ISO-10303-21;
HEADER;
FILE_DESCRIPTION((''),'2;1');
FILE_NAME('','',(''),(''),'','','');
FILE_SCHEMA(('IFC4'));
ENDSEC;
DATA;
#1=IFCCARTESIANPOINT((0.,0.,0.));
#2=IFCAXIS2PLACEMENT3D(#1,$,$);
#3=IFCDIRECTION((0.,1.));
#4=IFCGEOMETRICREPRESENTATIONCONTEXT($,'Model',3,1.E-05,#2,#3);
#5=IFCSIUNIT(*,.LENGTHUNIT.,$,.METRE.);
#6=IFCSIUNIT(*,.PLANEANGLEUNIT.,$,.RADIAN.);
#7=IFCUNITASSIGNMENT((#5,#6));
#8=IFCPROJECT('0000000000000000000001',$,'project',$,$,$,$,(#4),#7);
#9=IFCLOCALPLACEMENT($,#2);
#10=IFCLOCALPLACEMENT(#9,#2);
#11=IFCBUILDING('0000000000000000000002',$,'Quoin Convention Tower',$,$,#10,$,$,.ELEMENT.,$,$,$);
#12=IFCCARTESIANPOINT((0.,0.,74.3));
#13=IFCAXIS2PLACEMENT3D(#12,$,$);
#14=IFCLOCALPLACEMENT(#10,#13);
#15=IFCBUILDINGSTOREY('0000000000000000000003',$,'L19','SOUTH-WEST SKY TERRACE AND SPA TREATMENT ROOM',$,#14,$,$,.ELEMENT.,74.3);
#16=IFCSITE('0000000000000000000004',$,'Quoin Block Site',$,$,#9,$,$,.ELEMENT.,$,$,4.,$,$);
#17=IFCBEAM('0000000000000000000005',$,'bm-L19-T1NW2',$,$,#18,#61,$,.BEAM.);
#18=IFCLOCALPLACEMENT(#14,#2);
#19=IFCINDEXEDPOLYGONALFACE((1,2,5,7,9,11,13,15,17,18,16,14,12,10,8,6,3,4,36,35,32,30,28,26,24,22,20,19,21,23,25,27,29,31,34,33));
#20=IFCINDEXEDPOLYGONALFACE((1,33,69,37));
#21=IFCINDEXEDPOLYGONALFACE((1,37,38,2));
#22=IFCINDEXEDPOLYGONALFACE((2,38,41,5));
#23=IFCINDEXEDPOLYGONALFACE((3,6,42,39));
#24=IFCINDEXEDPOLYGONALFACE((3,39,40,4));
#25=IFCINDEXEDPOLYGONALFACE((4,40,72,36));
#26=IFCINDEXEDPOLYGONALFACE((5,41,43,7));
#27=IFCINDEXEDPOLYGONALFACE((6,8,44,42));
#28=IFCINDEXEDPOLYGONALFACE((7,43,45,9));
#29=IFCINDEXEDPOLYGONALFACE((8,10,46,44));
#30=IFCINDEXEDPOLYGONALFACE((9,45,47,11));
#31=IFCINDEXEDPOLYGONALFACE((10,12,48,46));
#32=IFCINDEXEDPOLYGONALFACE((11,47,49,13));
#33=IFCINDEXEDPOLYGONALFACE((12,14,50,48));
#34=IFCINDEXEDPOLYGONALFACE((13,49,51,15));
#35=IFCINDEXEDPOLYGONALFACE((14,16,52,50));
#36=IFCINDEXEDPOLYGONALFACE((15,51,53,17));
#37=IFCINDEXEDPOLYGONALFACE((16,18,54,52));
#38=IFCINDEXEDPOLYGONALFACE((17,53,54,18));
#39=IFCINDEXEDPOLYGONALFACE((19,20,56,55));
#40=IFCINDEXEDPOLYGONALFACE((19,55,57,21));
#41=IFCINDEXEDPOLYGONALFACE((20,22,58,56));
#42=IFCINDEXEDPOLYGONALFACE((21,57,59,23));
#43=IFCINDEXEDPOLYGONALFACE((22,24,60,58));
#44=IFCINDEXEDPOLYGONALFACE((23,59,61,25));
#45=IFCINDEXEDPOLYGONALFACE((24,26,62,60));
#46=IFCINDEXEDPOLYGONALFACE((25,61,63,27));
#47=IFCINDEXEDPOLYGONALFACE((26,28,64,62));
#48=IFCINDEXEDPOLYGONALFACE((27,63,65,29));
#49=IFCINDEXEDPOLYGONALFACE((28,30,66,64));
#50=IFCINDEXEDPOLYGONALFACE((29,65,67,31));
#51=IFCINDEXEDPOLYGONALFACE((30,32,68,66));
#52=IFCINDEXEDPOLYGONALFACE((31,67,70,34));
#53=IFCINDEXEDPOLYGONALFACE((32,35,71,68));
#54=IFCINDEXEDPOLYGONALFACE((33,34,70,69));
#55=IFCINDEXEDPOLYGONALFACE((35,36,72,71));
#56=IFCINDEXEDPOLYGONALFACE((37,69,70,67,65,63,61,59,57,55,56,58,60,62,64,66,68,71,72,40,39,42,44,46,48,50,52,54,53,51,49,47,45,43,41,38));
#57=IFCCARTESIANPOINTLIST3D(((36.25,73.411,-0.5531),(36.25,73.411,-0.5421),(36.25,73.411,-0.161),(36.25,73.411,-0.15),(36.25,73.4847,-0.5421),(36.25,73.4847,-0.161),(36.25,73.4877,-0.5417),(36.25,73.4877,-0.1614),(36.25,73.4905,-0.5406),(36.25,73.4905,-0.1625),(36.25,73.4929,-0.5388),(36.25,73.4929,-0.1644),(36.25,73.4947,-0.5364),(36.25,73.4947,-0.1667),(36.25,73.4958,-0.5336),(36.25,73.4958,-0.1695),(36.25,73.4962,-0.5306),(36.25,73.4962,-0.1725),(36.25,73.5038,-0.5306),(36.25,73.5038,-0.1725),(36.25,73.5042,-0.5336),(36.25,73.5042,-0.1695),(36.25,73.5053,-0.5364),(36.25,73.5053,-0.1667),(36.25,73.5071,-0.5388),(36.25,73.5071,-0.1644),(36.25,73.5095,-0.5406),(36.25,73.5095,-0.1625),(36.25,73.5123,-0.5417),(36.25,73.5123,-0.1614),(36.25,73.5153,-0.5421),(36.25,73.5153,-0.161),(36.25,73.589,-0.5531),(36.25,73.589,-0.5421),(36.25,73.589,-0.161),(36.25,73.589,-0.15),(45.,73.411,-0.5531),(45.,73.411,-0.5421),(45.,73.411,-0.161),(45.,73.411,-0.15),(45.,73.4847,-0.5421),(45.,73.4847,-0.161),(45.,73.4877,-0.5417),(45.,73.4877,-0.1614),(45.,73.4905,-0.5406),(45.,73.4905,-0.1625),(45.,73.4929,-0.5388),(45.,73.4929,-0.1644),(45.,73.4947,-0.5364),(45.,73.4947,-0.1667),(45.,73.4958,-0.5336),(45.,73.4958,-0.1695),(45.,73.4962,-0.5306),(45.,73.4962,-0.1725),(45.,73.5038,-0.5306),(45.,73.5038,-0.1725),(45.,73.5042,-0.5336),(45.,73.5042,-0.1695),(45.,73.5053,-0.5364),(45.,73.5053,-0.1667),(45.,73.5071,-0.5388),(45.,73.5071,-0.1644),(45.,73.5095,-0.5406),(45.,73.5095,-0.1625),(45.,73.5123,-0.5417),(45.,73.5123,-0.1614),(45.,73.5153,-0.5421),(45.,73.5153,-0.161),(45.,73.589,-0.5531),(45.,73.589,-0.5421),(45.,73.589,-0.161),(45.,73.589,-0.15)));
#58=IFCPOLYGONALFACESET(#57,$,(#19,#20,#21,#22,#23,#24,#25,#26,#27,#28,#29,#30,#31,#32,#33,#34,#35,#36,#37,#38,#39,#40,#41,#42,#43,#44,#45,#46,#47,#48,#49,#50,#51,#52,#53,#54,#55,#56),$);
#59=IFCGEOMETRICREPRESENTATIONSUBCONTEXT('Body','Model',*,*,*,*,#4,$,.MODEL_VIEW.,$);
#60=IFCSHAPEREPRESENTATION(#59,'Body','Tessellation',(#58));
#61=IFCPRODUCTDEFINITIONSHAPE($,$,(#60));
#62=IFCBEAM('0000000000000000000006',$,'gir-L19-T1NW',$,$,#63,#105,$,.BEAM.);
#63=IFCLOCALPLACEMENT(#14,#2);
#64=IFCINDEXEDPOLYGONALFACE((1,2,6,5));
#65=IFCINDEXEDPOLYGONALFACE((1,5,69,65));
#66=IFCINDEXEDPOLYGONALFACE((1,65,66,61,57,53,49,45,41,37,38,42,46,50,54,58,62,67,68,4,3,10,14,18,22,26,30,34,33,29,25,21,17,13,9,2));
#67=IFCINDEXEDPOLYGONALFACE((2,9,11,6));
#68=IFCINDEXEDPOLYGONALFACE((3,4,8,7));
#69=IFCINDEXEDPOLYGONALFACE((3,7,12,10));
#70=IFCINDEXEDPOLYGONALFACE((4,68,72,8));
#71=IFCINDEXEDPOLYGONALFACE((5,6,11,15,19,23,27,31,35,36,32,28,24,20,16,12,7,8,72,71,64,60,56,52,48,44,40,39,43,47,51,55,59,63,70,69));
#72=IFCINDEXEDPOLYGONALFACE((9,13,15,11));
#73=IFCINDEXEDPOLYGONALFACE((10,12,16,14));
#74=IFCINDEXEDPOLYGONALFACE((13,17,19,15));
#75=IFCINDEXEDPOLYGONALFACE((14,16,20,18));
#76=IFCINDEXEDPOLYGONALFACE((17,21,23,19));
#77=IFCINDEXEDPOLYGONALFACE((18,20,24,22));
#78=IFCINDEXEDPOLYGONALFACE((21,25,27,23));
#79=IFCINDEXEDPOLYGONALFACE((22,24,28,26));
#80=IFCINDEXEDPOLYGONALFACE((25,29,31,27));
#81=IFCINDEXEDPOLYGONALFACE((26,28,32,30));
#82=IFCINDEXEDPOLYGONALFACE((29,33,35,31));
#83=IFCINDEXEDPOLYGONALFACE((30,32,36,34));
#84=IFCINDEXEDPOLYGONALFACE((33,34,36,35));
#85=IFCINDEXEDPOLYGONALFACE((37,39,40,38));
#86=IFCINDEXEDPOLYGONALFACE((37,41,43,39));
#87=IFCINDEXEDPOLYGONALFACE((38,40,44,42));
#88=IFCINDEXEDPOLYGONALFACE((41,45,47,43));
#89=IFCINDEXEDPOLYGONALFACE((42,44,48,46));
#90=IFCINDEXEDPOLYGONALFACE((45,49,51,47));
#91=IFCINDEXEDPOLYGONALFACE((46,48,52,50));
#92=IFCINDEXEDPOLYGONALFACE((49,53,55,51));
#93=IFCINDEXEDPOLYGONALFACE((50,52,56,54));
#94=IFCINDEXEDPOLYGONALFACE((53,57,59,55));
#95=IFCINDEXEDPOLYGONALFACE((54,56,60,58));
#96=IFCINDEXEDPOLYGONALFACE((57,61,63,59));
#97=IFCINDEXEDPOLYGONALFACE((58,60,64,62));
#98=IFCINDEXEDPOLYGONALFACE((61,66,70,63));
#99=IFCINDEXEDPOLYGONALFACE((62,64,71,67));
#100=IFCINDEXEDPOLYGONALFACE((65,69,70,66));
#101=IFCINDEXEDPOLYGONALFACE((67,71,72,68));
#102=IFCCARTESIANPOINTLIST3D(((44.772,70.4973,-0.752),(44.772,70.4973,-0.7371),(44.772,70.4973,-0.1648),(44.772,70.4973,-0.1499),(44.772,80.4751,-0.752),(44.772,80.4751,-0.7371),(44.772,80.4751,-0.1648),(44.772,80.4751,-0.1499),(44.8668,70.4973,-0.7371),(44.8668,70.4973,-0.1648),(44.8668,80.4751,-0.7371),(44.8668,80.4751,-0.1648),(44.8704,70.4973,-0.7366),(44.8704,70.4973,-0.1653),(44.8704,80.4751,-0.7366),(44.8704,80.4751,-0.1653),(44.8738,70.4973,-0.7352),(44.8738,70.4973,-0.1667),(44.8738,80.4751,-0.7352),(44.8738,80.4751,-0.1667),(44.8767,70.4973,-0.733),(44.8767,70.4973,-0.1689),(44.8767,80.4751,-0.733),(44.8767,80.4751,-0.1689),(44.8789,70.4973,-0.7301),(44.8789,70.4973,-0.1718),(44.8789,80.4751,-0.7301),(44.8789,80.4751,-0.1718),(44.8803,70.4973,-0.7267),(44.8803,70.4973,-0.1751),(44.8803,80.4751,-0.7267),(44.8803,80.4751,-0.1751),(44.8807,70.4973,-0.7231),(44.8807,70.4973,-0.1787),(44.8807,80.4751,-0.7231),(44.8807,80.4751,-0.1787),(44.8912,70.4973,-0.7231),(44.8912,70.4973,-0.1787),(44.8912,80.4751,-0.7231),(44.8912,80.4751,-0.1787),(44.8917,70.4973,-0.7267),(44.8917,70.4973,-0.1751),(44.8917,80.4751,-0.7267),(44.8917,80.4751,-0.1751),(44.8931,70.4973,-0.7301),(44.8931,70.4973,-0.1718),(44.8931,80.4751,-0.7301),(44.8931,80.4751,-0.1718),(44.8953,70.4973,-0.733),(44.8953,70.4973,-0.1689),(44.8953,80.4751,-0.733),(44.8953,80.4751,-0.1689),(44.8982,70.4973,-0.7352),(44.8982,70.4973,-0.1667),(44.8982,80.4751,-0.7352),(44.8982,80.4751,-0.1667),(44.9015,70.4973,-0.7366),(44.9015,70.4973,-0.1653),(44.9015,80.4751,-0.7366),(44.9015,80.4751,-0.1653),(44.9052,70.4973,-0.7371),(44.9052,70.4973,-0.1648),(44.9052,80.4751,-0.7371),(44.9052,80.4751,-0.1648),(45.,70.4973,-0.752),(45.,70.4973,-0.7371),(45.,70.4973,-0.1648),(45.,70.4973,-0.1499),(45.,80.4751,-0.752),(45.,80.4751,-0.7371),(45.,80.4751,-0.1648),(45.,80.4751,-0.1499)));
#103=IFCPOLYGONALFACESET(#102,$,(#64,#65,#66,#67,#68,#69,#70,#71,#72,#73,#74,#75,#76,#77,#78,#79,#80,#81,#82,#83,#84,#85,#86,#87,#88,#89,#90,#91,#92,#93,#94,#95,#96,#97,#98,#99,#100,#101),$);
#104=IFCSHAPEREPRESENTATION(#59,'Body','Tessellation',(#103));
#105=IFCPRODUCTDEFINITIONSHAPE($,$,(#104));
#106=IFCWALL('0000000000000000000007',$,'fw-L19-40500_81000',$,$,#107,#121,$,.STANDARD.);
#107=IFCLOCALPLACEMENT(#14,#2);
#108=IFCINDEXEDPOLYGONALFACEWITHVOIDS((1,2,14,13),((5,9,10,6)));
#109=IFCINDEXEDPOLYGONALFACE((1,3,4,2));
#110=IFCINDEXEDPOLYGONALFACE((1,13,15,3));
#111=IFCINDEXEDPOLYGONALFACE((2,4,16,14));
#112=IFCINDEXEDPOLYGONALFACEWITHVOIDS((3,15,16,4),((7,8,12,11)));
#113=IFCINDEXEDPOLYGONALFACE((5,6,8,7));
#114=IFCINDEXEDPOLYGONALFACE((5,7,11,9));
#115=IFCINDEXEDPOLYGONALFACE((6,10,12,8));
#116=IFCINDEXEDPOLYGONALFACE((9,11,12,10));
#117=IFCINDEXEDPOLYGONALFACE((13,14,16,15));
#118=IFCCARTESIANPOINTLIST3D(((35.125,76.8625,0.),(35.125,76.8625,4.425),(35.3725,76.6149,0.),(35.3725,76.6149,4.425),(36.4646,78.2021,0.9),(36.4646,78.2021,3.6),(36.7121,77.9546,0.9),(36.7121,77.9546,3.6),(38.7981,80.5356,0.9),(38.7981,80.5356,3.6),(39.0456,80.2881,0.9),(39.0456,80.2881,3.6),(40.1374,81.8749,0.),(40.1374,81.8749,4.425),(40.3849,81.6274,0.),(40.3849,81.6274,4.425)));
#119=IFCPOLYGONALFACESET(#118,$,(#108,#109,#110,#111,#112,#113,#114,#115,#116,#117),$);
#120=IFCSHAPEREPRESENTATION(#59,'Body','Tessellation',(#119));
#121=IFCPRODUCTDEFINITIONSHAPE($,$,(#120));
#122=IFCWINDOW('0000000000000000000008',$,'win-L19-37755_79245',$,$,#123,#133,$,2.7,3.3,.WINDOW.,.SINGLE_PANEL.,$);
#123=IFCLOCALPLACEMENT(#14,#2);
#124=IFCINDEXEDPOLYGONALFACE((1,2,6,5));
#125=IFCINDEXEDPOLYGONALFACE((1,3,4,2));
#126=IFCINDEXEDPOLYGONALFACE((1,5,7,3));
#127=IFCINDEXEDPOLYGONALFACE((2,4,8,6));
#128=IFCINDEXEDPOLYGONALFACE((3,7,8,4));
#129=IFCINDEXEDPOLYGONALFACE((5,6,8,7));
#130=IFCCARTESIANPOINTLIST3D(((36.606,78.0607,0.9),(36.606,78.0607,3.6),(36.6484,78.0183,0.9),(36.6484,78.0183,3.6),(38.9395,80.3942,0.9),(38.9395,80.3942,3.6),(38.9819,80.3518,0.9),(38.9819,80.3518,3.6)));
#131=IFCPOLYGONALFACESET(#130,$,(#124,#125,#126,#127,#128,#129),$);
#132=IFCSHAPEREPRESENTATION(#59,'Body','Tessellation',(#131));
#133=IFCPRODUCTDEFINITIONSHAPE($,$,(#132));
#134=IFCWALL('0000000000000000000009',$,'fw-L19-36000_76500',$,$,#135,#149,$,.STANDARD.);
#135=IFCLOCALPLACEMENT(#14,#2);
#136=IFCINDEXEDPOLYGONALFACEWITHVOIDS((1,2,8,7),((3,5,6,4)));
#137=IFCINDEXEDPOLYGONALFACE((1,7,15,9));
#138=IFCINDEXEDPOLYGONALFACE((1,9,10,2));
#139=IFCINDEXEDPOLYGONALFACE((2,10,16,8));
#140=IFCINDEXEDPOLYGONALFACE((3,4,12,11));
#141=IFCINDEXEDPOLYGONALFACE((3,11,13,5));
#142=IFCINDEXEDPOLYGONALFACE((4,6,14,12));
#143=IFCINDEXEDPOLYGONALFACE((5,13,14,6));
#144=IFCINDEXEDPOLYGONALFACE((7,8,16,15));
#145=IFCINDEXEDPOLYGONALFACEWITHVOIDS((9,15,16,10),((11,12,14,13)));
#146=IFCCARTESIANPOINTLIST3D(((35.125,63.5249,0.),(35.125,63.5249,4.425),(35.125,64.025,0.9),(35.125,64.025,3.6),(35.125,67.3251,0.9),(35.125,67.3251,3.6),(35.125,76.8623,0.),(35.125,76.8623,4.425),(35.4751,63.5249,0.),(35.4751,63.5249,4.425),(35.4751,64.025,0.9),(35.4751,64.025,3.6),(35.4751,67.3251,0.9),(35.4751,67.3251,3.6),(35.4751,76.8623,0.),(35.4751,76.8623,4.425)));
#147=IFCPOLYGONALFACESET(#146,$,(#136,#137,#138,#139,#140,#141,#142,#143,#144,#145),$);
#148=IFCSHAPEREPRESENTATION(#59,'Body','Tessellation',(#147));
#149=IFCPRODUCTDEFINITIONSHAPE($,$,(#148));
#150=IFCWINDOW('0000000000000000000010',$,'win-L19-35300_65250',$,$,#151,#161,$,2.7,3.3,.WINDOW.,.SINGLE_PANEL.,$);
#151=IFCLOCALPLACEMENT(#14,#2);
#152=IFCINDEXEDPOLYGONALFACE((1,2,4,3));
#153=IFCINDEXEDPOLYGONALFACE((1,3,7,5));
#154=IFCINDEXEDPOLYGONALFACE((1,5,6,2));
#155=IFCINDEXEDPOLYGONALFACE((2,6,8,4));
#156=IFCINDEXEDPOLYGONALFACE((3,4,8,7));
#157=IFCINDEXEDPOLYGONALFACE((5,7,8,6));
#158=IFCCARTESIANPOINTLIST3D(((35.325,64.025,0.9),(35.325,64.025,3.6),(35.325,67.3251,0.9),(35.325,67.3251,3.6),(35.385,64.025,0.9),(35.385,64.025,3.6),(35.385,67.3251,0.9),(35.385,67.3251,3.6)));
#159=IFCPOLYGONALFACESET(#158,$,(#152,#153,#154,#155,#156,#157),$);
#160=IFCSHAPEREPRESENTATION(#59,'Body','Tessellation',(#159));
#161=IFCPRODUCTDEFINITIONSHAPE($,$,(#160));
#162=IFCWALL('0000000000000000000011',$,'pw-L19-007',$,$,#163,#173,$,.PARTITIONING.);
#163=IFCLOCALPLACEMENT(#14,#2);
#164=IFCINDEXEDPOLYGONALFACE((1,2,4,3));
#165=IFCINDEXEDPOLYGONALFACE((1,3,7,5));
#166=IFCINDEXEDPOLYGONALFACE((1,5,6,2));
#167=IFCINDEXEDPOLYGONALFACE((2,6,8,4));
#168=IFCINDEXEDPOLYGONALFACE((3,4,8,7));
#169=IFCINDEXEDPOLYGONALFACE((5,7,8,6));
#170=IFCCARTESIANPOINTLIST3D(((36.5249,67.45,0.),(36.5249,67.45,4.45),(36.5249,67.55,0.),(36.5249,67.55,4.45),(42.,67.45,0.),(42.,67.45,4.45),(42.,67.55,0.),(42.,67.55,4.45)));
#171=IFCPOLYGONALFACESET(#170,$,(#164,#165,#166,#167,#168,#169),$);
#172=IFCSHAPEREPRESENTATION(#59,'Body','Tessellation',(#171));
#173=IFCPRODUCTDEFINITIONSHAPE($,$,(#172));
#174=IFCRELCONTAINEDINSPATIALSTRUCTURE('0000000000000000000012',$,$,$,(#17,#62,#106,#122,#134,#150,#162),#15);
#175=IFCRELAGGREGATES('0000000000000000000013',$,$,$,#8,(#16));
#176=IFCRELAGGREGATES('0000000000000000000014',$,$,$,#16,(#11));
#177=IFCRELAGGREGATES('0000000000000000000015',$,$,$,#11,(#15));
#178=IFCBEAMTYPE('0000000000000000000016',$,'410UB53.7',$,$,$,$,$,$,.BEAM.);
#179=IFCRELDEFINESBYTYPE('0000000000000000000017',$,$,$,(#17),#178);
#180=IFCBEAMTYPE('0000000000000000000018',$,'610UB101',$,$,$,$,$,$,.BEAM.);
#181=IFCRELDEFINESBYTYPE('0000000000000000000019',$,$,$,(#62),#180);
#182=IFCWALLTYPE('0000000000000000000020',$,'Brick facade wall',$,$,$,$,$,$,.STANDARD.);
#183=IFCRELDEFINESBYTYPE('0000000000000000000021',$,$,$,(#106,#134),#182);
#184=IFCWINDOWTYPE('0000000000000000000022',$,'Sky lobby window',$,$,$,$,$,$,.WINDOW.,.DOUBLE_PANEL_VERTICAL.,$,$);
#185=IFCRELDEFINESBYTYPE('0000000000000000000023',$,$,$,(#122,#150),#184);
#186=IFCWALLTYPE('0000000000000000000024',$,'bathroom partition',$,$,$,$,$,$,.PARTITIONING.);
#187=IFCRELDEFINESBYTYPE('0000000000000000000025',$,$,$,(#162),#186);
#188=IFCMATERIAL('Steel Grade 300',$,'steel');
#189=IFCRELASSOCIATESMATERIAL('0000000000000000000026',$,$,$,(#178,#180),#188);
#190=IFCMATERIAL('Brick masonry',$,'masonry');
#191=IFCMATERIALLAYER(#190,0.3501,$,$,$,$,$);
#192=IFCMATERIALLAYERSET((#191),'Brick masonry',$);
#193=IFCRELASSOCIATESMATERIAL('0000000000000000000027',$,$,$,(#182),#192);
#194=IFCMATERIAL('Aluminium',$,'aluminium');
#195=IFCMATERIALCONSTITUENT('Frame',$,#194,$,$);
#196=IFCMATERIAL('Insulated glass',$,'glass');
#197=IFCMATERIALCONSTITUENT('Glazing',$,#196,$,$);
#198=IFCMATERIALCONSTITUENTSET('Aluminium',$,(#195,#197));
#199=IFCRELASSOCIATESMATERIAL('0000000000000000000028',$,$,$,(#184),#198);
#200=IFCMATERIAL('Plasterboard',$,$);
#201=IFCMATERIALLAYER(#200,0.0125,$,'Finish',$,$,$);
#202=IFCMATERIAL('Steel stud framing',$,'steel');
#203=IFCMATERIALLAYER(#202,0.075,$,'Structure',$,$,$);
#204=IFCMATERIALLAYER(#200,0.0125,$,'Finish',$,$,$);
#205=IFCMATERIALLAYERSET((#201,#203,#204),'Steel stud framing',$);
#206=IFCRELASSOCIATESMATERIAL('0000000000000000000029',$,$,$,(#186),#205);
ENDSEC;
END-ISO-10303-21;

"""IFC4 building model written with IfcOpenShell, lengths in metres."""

from ifc_helpers import new_model, si_unit, direction, frame, frame_2d, origin, origin_2d, place, context, subcontext, project, spatial, rectangle, i_section, extrude, material, layer, layer_set, constituent, constituent_set, material_profile, profile_set, type_object, element, fill, save


model = new_model("IFC4")

# Units and contexts
model_context = context("Model", 3, precision=1e-05, world=origin(), true_north=direction((0.0, 1.0)))
body_context = subcontext(model_context, "Body", "Model", "MODEL_VIEW")
ifc_project = project(units=[si_unit("LENGTHUNIT", "METRE"), si_unit("PLANEANGLEUNIT", "RADIAN")], contexts=[model_context])

# Site, building, storey
site_placement = place(None, origin())
site = spatial("IfcSite", under=ifc_project, at=site_placement, Name="Quoin Block Site", CompositionType="ELEMENT", RefElevation=4.0)
building_placement = place(site_placement, origin())
building = spatial("IfcBuilding", under=site, at=building_placement, Name="Quoin Convention Tower", CompositionType="ELEMENT")
storey_placement = place(building_placement, frame((0.0, 0.0, 74.3)))
storey = spatial("IfcBuildingStorey", under=building, at=storey_placement, Name="L19", Description="SOUTH-WEST SKY TERRACE AND SPA TREATMENT ROOM", CompositionType="ELEMENT", Elevation=74.3)

# Beams
ifc_material_1 = material(Name="Steel Grade 300", Category="steel")
ifc_material_profile_1 = material_profile(ifc_material_1, i_section(OverallWidth=0.178, OverallDepth=0.4031, WebThickness=0.0076, FlangeThickness=0.011, FilletRadius=0.0115, at=origin_2d()), Name="410UB53.7")
ifc_profile_set_1 = profile_set([ifc_material_profile_1], Name="Steel Grade 300")
beam_type_1 = type_object("IfcBeamType", Name="410UB53.7", PredefinedType="BEAM", material=ifc_profile_set_1)
beam_1_placement = place(storey_placement, frame((36.25, 73.5, -0.3516), z_axis=(1.0, 0.0, 0.0), x_axis=(0.0, 1.0, 0.0)))
element("IfcBeam", 1, at=beam_1_placement, inside=storey, type_object=beam_type_1, Name="bm-L19-T1NW2", PredefinedType="BEAM", context=body_context, shape_type="SweptSolid", body=[
    extrude(i_section(OverallWidth=0.178, OverallDepth=0.4031, WebThickness=0.0076, FlangeThickness=0.011, FilletRadius=0.0115, at=origin_2d()), origin(), (0.0, 0.0, 1.0), 8.75),
])
ifc_material_profile_2 = material_profile(ifc_material_1, i_section(OverallWidth=0.228, OverallDepth=0.6021, WebThickness=0.0105, FlangeThickness=0.0149, FilletRadius=0.0139, at=origin_2d()), Name="610UB101")
ifc_profile_set_2 = profile_set([ifc_material_profile_2], Name="Steel Grade 300")
beam_type_2 = type_object("IfcBeamType", Name="610UB101", PredefinedType="BEAM", material=ifc_profile_set_2)
beam_2_placement = place(storey_placement, frame((44.886, 80.4751, -0.4509), z_axis=(0.0, -1.0, 0.0), x_axis=(1.0, 0.0, 0.0)))
element("IfcBeam", 2, at=beam_2_placement, inside=storey, type_object=beam_type_2, Name="gir-L19-T1NW", PredefinedType="BEAM", context=body_context, shape_type="SweptSolid", body=[
    extrude(i_section(OverallWidth=0.228, OverallDepth=0.6021, WebThickness=0.0105, FlangeThickness=0.0149, FilletRadius=0.0139, at=origin_2d()), origin(), (0.0, 0.0, 1.0), 9.9778),
])

# Walls, openings, windows
ifc_material_2 = material(Name="Brick masonry", Category="masonry")
ifc_layer_1 = layer(ifc_material_2, 0.3501)
ifc_layer_set_1 = layer_set([ifc_layer_1], Name="Brick masonry")
wall_type_1 = type_object("IfcWallType", Name="Brick facade wall", PredefinedType="STANDARD", material=ifc_layer_set_1)
wall_1_placement = place(storey_placement, frame((40.2612, 81.7512, 0.0), z_axis=(0.0, 0.0, 1.0), x_axis=(-0.707107, -0.707107, 0.0)))
wall_1 = element("IfcWall", 3, at=wall_1_placement, inside=storey, type_object=wall_type_1, Name="fw-L19-40500_81000", PredefinedType="STANDARD", context=body_context, shape_type="SweptSolid", body=[
    extrude(rectangle(XDim=7.0886, YDim=0.3501, at=frame_2d((3.5444, 0.0))), origin(), (0.0, 0.0, 1.0), 4.425),
])
opening_1_placement = place(wall_1_placement, frame((1.8943, 0.0, 0.8999)))
opening_1 = element("IfcOpeningElement", 4, at=opening_1_placement, cuts=wall_1, PredefinedType="OPENING", context=body_context, shape_type="SweptSolid", body=[
    extrude(rectangle(XDim=3.3, YDim=2.7, at=frame_2d((1.6499, 1.3501))), frame((0.0, 0.1851, 0.0), z_axis=(0.0, -1.0, 0.0), x_axis=(1.0, 0.0, 0.0)), (0.0, 0.0, 1.0), 0.3701),
])
ifc_material_3 = material(Name="Aluminium", Category="aluminium")
ifc_constituent_1 = constituent(ifc_material_3, Name="Frame")
ifc_material_4 = material(Name="Insulated glass", Category="glass")
ifc_constituent_2 = constituent(ifc_material_4, Name="Glazing")
ifc_constituent_set = constituent_set(constituents=[ifc_constituent_1, ifc_constituent_2], Name="Aluminium")
window_type = type_object("IfcWindowType", Name="Sky lobby window", PartitioningType="DOUBLE_PANEL_VERTICAL", PredefinedType="WINDOW", material=ifc_constituent_set)
window_1_placement = place(opening_1_placement, origin())
window_1 = element("IfcWindow", 5, at=window_1_placement, inside=storey, type_object=window_type, Name="win-L19-37755_79245", OverallHeight=2.7, OverallWidth=3.3, PartitioningType="SINGLE_PANEL", PredefinedType="WINDOW", context=body_context, shape_type="SweptSolid", body=[
    extrude(rectangle(XDim=3.3, YDim=2.7, at=frame_2d((1.6499, 1.3501))), frame((0.0, 0.085, 0.0), z_axis=(0.0, -1.0, 0.0), x_axis=(1.0, 0.0, 0.0)), (0.0, 0.0, 1.0), 0.0601),
])
fill(opening_1, window_1)
wall_2_placement = place(storey_placement, frame((35.3, 76.8623, 0.0), z_axis=(0.0, 0.0, 1.0), x_axis=(0.0, -1.0, 0.0)))
wall_2 = element("IfcWall", 6, at=wall_2_placement, inside=storey, type_object=wall_type_1, Name="fw-L19-36000_76500", PredefinedType="STANDARD", context=body_context, shape_type="SweptSolid", body=[
    extrude(rectangle(XDim=13.3374, YDim=0.3501, at=frame_2d((6.6687, 0.0))), origin(), (0.0, 0.0, 1.0), 4.425),
])
opening_2_placement = place(wall_2_placement, frame((9.5374, 0.0, 0.8999)))
opening_2 = element("IfcOpeningElement", 7, at=opening_2_placement, cuts=wall_2, PredefinedType="OPENING", context=body_context, shape_type="SweptSolid", body=[
    extrude(rectangle(XDim=3.3, YDim=2.7, at=frame_2d((1.6499, 1.3501))), frame((0.0, 0.1851, 0.0), z_axis=(0.0, -1.0, 0.0), x_axis=(1.0, 0.0, 0.0)), (0.0, 0.0, 1.0), 0.3701),
])
window_2_placement = place(opening_2_placement, origin())
window_2 = element("IfcWindow", 8, at=window_2_placement, inside=storey, type_object=window_type, Name="win-L19-35300_65250", OverallHeight=2.7, OverallWidth=3.3, PartitioningType="SINGLE_PANEL", PredefinedType="WINDOW", context=body_context, shape_type="SweptSolid", body=[
    extrude(rectangle(XDim=3.3, YDim=2.7, at=frame_2d((1.6499, 1.3501))), frame((0.0, 0.085, 0.0), z_axis=(0.0, -1.0, 0.0), x_axis=(1.0, 0.0, 0.0)), (0.0, 0.0, 1.0), 0.0601),
])
fill(opening_2, window_2)

# Wall
ifc_material_5 = material(Name="Plasterboard")
ifc_layer_2 = layer(ifc_material_5, 0.0125, Name="Finish")
ifc_material_6 = material(Name="Steel stud framing", Category="steel")
ifc_layer_3 = layer(ifc_material_6, 0.075, Name="Structure")
ifc_layer_4 = layer(ifc_material_5, 0.0125, Name="Finish")
ifc_layer_set_2 = layer_set([ifc_layer_2, ifc_layer_3, ifc_layer_4], Name="Steel stud framing")
wall_type_2 = type_object("IfcWallType", Name="bathroom partition", PredefinedType="PARTITIONING", material=ifc_layer_set_2)
for number, where, z_axis, x_axis, name in (
    (9, (36.5249, 67.5, 0.0), (0.0, 0.0, 1.0), (1.0, 0.0, 0.0), "pw-L19-007"),
):
    element("IfcWall", number, at=place(storey_placement, frame(where, z_axis=z_axis, x_axis=x_axis)), inside=storey, type_object=wall_type_2, Name=name, PredefinedType="PARTITIONING", context=body_context, shape_type="SweptSolid", body=[
        extrude(rectangle(XDim=5.4751, YDim=0.1001, at=frame_2d((2.7375, 0.0))), origin(), (0.0, 0.0, 1.0), 4.45),
    ])

save(model, "model.ifc")
